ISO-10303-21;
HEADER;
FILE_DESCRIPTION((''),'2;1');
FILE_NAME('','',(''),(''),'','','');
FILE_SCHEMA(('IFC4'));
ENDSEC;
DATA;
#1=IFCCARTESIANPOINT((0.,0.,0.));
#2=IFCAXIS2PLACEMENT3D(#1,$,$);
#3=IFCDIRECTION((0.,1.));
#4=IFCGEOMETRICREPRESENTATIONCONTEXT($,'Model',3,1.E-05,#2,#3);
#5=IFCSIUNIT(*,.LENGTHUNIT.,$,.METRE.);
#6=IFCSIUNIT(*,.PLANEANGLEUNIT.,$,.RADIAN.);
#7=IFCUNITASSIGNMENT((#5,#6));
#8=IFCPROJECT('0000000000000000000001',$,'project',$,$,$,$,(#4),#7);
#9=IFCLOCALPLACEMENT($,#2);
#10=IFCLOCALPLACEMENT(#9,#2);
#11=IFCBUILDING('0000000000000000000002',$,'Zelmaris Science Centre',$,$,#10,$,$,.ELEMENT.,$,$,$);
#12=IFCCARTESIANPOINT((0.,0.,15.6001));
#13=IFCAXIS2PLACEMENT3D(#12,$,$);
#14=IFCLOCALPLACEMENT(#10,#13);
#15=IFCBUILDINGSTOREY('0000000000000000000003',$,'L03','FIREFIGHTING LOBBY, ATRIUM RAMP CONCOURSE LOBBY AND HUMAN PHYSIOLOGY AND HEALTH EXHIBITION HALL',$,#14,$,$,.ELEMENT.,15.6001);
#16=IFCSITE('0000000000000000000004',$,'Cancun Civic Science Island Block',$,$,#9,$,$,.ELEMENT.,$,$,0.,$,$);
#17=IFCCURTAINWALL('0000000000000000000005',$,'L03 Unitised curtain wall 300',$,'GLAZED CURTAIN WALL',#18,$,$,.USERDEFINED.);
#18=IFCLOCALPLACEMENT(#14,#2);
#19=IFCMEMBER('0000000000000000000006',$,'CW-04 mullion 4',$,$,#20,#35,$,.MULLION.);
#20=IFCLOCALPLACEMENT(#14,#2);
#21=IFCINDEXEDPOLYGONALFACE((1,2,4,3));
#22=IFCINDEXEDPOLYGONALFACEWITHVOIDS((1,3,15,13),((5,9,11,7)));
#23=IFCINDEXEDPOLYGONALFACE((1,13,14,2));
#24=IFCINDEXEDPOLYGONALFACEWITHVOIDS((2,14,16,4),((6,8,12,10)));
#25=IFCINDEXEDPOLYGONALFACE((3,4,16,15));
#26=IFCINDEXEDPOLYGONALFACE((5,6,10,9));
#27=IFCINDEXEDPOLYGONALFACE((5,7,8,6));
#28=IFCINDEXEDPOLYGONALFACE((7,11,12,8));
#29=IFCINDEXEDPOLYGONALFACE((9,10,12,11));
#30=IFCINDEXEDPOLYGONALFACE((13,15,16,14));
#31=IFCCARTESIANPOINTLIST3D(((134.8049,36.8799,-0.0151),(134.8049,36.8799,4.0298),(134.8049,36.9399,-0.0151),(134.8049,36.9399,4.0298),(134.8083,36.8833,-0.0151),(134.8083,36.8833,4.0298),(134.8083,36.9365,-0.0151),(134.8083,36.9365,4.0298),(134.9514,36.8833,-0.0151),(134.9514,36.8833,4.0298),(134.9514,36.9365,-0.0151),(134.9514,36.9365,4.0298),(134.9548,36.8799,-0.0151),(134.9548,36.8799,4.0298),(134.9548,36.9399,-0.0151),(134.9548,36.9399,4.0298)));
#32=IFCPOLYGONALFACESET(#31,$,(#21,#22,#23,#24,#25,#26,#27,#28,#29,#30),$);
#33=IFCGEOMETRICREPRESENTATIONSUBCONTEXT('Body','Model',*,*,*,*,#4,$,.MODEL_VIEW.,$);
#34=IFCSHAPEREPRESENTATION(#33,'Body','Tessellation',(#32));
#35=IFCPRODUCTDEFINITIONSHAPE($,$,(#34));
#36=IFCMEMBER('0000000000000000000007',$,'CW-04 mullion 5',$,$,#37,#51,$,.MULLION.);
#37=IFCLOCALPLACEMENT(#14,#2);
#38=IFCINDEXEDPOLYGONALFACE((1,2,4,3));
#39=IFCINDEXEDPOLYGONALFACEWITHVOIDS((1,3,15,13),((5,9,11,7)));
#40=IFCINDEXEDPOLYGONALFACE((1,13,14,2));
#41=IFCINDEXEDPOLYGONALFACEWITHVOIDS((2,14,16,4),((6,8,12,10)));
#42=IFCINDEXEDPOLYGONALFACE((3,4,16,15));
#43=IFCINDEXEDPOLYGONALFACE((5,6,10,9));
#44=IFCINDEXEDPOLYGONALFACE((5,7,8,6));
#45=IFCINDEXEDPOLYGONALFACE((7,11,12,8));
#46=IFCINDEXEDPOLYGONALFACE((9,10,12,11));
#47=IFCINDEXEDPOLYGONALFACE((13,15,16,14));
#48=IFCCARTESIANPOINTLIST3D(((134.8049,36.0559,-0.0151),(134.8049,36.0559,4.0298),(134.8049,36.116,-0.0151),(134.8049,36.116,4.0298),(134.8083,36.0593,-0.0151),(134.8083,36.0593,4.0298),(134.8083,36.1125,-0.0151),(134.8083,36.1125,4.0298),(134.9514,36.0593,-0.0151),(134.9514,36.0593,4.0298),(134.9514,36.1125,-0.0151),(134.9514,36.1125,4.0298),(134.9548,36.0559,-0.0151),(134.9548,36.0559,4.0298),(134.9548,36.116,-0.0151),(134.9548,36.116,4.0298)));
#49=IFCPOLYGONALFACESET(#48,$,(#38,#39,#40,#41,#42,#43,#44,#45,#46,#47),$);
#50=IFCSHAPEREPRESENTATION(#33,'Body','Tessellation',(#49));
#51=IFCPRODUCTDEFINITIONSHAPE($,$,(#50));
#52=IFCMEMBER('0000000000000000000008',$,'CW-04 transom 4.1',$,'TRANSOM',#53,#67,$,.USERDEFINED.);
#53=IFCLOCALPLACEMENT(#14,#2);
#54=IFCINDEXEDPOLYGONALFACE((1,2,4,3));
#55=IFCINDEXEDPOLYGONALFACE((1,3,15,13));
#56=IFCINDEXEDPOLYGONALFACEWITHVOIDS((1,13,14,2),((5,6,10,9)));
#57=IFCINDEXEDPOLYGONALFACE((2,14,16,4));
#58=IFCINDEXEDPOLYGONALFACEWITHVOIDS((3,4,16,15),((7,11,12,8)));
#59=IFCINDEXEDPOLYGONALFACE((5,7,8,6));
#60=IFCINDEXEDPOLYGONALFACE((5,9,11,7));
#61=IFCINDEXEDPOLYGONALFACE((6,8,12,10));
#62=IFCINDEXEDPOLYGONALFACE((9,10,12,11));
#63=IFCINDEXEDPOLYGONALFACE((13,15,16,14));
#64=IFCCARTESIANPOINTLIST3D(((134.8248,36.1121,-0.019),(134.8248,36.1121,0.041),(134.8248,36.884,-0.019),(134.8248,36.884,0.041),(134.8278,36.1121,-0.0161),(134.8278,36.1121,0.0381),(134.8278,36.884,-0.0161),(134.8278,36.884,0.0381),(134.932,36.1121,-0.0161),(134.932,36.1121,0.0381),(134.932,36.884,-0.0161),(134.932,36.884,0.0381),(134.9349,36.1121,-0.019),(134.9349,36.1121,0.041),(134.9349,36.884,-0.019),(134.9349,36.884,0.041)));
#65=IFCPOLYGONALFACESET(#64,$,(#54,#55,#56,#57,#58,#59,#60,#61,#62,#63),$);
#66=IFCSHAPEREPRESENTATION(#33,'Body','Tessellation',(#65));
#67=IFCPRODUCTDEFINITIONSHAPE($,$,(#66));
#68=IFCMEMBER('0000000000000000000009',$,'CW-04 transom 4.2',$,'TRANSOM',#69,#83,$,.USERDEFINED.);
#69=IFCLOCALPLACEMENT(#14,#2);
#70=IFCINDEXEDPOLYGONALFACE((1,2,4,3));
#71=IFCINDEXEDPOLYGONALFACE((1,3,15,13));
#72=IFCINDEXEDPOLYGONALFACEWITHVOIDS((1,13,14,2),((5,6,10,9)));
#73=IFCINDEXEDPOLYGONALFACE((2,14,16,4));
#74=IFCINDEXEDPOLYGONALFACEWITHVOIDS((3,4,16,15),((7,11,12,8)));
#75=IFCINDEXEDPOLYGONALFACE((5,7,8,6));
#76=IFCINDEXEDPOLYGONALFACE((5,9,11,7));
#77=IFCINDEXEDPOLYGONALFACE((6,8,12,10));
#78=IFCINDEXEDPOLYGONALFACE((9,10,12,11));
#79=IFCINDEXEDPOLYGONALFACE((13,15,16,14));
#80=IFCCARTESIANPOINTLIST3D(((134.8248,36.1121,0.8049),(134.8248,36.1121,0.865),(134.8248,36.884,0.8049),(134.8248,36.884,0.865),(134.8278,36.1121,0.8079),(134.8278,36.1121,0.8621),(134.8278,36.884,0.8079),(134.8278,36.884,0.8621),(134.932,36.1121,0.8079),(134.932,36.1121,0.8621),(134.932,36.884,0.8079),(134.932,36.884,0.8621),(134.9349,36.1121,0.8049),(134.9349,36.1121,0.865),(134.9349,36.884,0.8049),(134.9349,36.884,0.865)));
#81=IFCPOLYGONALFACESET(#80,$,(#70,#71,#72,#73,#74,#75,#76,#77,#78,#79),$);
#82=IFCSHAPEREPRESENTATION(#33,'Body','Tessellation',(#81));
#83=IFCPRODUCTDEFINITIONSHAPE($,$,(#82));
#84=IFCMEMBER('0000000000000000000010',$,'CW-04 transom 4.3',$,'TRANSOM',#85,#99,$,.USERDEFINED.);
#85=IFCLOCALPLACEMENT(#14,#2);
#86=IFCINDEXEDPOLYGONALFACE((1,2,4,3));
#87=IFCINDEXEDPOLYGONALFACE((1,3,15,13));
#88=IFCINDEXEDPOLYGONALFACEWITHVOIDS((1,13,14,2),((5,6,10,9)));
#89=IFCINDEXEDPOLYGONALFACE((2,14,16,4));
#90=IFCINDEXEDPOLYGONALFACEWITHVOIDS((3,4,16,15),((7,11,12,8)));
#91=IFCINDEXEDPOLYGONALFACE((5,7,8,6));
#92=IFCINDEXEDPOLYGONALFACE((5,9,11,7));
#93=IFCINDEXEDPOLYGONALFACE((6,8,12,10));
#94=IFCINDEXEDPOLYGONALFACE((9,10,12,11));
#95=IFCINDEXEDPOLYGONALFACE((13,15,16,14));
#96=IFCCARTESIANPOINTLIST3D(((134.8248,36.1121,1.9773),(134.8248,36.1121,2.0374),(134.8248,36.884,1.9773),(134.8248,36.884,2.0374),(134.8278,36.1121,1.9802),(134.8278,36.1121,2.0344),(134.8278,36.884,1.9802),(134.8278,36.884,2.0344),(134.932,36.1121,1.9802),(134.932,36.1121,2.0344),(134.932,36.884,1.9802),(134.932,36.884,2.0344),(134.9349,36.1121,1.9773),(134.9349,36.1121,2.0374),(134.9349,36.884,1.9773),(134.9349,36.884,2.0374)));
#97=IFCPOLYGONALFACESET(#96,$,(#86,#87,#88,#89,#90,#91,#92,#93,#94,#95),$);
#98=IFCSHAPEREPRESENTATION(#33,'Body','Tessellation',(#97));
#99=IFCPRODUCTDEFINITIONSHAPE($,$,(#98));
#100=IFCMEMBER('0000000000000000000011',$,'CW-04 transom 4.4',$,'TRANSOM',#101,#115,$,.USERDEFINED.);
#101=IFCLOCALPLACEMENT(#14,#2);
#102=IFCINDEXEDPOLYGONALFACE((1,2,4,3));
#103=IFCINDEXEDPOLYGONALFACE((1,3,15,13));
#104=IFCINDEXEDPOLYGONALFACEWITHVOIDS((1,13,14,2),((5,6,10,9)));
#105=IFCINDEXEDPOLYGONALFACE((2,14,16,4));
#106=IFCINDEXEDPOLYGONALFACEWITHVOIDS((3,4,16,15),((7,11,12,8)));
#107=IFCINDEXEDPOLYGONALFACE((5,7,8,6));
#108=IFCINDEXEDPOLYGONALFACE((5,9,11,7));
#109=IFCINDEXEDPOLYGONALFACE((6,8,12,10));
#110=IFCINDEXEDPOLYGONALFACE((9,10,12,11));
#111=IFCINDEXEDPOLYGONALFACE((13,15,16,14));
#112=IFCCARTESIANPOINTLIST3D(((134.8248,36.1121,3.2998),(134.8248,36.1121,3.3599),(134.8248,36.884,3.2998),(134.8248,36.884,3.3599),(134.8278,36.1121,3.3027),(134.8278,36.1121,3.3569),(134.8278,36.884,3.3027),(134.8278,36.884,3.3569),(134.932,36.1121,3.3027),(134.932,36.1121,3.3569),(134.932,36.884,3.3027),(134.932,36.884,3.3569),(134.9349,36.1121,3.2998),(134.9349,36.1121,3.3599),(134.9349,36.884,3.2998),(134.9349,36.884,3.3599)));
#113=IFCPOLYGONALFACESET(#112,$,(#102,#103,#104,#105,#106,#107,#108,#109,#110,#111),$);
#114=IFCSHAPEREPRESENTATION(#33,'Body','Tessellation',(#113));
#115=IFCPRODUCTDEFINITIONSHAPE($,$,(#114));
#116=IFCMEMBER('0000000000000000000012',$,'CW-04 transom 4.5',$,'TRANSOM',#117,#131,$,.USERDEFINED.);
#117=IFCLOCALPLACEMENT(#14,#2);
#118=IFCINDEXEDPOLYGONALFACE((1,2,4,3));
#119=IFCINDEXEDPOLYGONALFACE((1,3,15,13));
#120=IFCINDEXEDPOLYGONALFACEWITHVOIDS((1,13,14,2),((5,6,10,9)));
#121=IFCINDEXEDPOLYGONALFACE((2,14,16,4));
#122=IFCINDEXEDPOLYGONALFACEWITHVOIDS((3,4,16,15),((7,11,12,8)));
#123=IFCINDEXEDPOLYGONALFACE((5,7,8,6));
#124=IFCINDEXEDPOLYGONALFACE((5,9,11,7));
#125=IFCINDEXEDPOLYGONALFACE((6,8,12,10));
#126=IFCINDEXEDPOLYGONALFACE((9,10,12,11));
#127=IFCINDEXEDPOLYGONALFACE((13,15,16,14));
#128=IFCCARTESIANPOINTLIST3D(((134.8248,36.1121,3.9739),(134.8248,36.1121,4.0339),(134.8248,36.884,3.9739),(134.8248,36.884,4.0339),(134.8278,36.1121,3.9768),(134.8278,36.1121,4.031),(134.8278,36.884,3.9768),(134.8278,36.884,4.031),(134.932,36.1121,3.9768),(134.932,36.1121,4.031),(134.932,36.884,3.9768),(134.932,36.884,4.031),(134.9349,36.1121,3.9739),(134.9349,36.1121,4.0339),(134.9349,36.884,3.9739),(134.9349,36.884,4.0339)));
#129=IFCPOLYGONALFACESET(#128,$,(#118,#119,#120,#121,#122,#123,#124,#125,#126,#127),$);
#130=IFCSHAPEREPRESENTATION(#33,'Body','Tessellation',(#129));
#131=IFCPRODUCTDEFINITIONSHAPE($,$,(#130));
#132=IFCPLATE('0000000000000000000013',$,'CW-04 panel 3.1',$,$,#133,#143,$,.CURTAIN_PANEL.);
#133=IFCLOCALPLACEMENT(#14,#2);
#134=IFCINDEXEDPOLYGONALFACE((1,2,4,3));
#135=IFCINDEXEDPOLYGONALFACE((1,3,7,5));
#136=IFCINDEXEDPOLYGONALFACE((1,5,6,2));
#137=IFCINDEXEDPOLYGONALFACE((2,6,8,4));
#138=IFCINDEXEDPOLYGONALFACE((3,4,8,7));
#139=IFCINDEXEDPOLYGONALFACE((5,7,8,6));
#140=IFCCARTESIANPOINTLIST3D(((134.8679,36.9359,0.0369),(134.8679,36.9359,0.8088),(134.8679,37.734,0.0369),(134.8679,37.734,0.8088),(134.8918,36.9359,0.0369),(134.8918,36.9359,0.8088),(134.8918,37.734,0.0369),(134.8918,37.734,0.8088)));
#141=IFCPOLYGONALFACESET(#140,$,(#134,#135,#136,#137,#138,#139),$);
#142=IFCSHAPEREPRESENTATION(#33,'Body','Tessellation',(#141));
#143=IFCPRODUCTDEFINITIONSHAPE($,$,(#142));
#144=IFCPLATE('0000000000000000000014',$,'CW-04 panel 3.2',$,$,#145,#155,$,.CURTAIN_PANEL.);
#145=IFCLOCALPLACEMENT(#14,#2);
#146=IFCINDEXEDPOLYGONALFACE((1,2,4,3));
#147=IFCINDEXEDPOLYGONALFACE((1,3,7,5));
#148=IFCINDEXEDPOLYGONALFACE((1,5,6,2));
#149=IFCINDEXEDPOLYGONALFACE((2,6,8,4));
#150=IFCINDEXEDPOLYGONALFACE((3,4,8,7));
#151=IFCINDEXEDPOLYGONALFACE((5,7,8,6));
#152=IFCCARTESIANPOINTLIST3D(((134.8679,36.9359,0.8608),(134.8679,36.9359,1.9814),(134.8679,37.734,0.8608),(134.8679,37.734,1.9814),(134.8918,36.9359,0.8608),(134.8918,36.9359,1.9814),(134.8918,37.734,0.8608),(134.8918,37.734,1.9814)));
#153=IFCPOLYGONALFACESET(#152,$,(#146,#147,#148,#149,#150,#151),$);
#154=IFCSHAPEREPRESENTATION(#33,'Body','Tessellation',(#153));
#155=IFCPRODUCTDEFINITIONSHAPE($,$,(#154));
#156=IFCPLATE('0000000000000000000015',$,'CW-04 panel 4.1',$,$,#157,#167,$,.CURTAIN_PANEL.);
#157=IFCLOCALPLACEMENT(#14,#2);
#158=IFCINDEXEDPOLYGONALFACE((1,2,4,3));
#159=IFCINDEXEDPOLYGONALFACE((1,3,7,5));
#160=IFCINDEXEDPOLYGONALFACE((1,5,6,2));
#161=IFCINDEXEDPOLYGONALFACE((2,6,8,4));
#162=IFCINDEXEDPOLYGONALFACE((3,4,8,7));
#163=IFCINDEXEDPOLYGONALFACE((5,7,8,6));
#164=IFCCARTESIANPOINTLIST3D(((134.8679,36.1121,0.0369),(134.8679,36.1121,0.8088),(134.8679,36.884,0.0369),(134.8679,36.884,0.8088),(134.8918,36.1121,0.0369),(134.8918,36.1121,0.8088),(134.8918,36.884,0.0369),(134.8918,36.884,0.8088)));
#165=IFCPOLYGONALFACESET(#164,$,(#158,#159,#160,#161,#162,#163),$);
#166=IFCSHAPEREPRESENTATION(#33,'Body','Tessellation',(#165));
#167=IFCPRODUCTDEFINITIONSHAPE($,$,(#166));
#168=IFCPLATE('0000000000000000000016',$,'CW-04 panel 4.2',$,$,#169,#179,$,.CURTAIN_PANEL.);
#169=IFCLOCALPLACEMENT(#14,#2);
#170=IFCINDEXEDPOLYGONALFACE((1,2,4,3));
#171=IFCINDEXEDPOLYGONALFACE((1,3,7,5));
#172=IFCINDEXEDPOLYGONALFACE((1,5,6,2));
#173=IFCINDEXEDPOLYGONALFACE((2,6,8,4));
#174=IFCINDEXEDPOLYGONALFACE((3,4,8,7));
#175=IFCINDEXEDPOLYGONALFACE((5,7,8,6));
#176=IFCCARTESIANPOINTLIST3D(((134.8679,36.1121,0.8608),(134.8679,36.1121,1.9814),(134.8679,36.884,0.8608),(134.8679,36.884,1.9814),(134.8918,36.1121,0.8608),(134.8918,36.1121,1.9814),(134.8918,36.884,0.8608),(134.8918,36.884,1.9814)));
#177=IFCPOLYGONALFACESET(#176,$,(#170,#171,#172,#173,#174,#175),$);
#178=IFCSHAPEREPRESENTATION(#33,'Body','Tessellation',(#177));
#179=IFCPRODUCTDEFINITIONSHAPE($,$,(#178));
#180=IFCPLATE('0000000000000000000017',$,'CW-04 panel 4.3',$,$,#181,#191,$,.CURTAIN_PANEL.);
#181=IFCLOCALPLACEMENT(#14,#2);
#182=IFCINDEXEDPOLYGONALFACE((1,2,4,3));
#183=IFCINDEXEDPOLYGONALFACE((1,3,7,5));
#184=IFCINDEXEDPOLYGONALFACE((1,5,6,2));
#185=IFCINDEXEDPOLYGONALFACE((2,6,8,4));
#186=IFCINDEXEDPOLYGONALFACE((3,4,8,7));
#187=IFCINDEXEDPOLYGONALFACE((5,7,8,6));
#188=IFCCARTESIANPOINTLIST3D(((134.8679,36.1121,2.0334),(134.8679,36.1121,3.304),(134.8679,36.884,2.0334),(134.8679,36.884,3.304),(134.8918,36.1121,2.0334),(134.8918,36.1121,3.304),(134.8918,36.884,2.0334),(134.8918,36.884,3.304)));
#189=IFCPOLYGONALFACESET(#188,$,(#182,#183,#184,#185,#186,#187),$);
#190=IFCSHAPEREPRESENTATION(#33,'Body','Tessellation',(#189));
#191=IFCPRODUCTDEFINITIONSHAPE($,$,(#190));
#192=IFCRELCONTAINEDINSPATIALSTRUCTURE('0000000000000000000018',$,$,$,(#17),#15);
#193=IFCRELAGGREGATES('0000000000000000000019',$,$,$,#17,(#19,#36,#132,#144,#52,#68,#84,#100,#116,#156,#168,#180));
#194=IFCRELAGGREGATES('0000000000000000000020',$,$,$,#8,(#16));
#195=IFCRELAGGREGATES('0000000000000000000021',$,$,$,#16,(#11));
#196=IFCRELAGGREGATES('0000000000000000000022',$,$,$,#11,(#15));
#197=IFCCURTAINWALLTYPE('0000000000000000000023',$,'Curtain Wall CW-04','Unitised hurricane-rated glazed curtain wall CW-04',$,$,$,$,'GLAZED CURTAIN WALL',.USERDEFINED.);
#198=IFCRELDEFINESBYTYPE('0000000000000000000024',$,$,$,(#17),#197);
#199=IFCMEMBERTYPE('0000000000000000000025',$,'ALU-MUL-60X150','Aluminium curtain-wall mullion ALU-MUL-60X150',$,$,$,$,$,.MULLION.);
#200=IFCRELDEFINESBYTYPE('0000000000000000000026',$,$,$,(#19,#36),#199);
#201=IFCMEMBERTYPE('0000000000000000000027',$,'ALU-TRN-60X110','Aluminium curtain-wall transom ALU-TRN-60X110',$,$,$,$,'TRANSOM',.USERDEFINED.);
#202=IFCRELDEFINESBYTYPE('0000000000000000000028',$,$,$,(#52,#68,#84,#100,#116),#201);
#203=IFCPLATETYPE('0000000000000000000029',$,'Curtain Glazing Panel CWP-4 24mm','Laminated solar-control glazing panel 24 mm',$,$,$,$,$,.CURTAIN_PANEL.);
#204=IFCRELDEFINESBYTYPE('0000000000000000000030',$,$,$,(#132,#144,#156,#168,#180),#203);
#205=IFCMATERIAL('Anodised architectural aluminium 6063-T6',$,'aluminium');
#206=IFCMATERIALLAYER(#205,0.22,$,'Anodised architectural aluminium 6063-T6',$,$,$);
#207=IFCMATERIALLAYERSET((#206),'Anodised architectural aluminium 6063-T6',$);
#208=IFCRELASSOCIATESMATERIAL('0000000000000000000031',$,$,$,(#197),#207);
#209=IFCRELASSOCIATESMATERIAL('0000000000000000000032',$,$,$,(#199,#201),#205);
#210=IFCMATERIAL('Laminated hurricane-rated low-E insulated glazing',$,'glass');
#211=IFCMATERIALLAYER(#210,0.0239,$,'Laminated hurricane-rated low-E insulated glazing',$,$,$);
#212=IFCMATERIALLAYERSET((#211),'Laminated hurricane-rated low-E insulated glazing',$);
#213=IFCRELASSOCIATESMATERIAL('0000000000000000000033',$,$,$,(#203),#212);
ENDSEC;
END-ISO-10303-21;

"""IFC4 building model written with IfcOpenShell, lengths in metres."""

from ifc_helpers import new_model, si_unit, direction, frame, origin, origin_2d, place, context, subcontext, project, spatial, rectangle, hollow_rectangle, extrude, material, layer, layer_set, material_profile, profile_set, type_object, element, aggregate, save


model = new_model("IFC4")

# Units and contexts
model_context = context("Model", 3, precision=1e-05, world=origin(), true_north=direction((0.0, 1.0)))
body_context = subcontext(model_context, "Body", "Model", "MODEL_VIEW")
ifc_project = project(units=[si_unit("LENGTHUNIT", "METRE"), si_unit("PLANEANGLEUNIT", "RADIAN")], contexts=[model_context])

# Site, building, storey
site_placement = place(None, origin())
site = spatial("IfcSite", under=ifc_project, at=site_placement, Name="Cancun Civic Science Island Block", CompositionType="ELEMENT", RefElevation=0.0)
building_placement = place(site_placement, origin())
building = spatial("IfcBuilding", under=site, at=building_placement, Name="Zelmaris Science Centre", CompositionType="ELEMENT")
storey_placement = place(building_placement, frame((0.0, 0.0, 15.6001)))
storey = spatial("IfcBuildingStorey", under=building, at=storey_placement, Name="L03", Description="FIREFIGHTING LOBBY, ATRIUM RAMP CONCOURSE LOBBY AND HUMAN PHYSIOLOGY AND HEALTH EXHIBITION HALL", CompositionType="ELEMENT", Elevation=15.6001)

# Curtain wall, members, plates
ifc_material_1 = material(Name="Anodised architectural aluminium 6063-T6", Category="aluminium")
ifc_layer_1 = layer(ifc_material_1, 0.22, Name="Anodised architectural aluminium 6063-T6")
ifc_layer_set_1 = layer_set([ifc_layer_1], Name="Anodised architectural aluminium 6063-T6")
curtain_wall_type = type_object("IfcCurtainWallType", Name="Curtain Wall CW-04", Description="Unitised hurricane-rated glazed curtain wall CW-04", ElementType="GLAZED CURTAIN WALL", PredefinedType="USERDEFINED", material=ifc_layer_set_1)
curtain_wall_placement = place(storey_placement, origin())
curtain_wall = element("IfcCurtainWall", 1, at=curtain_wall_placement, inside=storey, type_object=curtain_wall_type, Name="L03 Unitised curtain wall 300", ObjectType="GLAZED CURTAIN WALL", PredefinedType="USERDEFINED")
ifc_material_profile_1 = material_profile(ifc_material_1, hollow_rectangle(XDim=0.0601, YDim=0.1499, WallThickness=0.0034, at=origin_2d()), Name="ALU-MUL-60X150")
ifc_profile_set_1 = profile_set([ifc_material_profile_1], Name="Anodised architectural aluminium 6063-T6")
member_type_1 = type_object("IfcMemberType", Name="ALU-MUL-60X150", Description="Aluminium curtain-wall mullion ALU-MUL-60X150", PredefinedType="MULLION", material=ifc_profile_set_1)
member_1_placement = place(storey_placement, frame((134.8799, 36.9099, -0.0151), z_axis=(0.0, 0.0, 1.0), x_axis=(0.0, -1.0, 0.0)))
member_1 = element("IfcMember", 2, at=member_1_placement, type_object=member_type_1, Name="CW-04 mullion 4", PredefinedType="MULLION", context=body_context, shape_type="SweptSolid", body=[
    extrude(hollow_rectangle(XDim=0.0601, YDim=0.1499, WallThickness=0.0034, at=origin_2d()), origin(), (0.0, 0.0, 1.0), 4.0449),
])
member_2_placement = place(storey_placement, frame((134.8799, 36.0859, -0.0151), z_axis=(0.0, 0.0, 1.0), x_axis=(0.0, -1.0, 0.0)))
member_2 = element("IfcMember", 3, at=member_2_placement, type_object=member_type_1, Name="CW-04 mullion 5", PredefinedType="MULLION", context=body_context, shape_type="SweptSolid", body=[
    extrude(hollow_rectangle(XDim=0.0601, YDim=0.1499, WallThickness=0.0034, at=origin_2d()), origin(), (0.0, 0.0, 1.0), 4.0449),
])
ifc_material_profile_2 = material_profile(ifc_material_1, hollow_rectangle(XDim=0.0601, YDim=0.1101, WallThickness=0.0029, at=origin_2d()), Name="ALU-TRN-60X110")
ifc_profile_set_2 = profile_set([ifc_material_profile_2], Name="Anodised architectural aluminium 6063-T6")
member_type_2 = type_object("IfcMemberType", Name="ALU-TRN-60X110", Description="Aluminium curtain-wall transom ALU-TRN-60X110", ElementType="TRANSOM", PredefinedType="USERDEFINED", material=ifc_profile_set_2)
member_3_placement = place(storey_placement, frame((134.8799, 36.884, 0.011), z_axis=(0.0, -1.0, 0.0), x_axis=(0.0, 0.0, 1.0)))
member_3 = element("IfcMember", 4, at=member_3_placement, type_object=member_type_2, Name="CW-04 transom 4.1", ObjectType="TRANSOM", PredefinedType="USERDEFINED", context=body_context, shape_type="SweptSolid", body=[
    extrude(hollow_rectangle(XDim=0.0601, YDim=0.1101, WallThickness=0.0029, at=origin_2d()), origin(), (0.0, 0.0, 1.0), 0.772),
])
member_4_placement = place(storey_placement, frame((134.8799, 36.884, 0.835), z_axis=(0.0, -1.0, 0.0), x_axis=(0.0, 0.0, 1.0)))
member_4 = element("IfcMember", 5, at=member_4_placement, type_object=member_type_2, Name="CW-04 transom 4.2", ObjectType="TRANSOM", PredefinedType="USERDEFINED", context=body_context, shape_type="SweptSolid", body=[
    extrude(hollow_rectangle(XDim=0.0601, YDim=0.1101, WallThickness=0.0029, at=origin_2d()), origin(), (0.0, 0.0, 1.0), 0.772),
])
member_5_placement = place(storey_placement, frame((134.8799, 36.884, 2.0073), z_axis=(0.0, -1.0, 0.0), x_axis=(0.0, 0.0, 1.0)))
member_5 = element("IfcMember", 6, at=member_5_placement, type_object=member_type_2, Name="CW-04 transom 4.3", ObjectType="TRANSOM", PredefinedType="USERDEFINED", context=body_context, shape_type="SweptSolid", body=[
    extrude(hollow_rectangle(XDim=0.0601, YDim=0.1101, WallThickness=0.0029, at=origin_2d()), origin(), (0.0, 0.0, 1.0), 0.772),
])
member_6_placement = place(storey_placement, frame((134.8799, 36.884, 3.3298), z_axis=(0.0, -1.0, 0.0), x_axis=(0.0, 0.0, 1.0)))
member_6 = element("IfcMember", 7, at=member_6_placement, type_object=member_type_2, Name="CW-04 transom 4.4", ObjectType="TRANSOM", PredefinedType="USERDEFINED", context=body_context, shape_type="SweptSolid", body=[
    extrude(hollow_rectangle(XDim=0.0601, YDim=0.1101, WallThickness=0.0029, at=origin_2d()), origin(), (0.0, 0.0, 1.0), 0.772),
])
member_7_placement = place(storey_placement, frame((134.8799, 36.884, 4.0039), z_axis=(0.0, -1.0, 0.0), x_axis=(0.0, 0.0, 1.0)))
member_7 = element("IfcMember", 8, at=member_7_placement, type_object=member_type_2, Name="CW-04 transom 4.5", ObjectType="TRANSOM", PredefinedType="USERDEFINED", context=body_context, shape_type="SweptSolid", body=[
    extrude(hollow_rectangle(XDim=0.0601, YDim=0.1101, WallThickness=0.0029, at=origin_2d()), origin(), (0.0, 0.0, 1.0), 0.772),
])
ifc_material_2 = material(Name="Laminated hurricane-rated low-E insulated glazing", Category="glass")
ifc_layer_2 = layer(ifc_material_2, 0.0239, Name="Laminated hurricane-rated low-E insulated glazing")
ifc_layer_set_2 = layer_set([ifc_layer_2], Name="Laminated hurricane-rated low-E insulated glazing")
plate_type = type_object("IfcPlateType", Name="Curtain Glazing Panel CWP-4 24mm", Description="Laminated solar-control glazing panel 24 mm", PredefinedType="CURTAIN_PANEL", material=ifc_layer_set_2)
plate_1_placement = place(storey_placement, frame((134.8799, 37.335, 0.0369), z_axis=(0.0, 0.0, 1.0), x_axis=(0.0, -1.0, 0.0)))
plate_1 = element("IfcPlate", 9, at=plate_1_placement, type_object=plate_type, Name="CW-04 panel 3.1", PredefinedType="CURTAIN_PANEL", context=body_context, shape_type="SweptSolid", body=[
    extrude(rectangle(XDim=0.7981, YDim=0.0239, at=origin_2d()), origin(), (0.0, 0.0, 1.0), 0.772),
])
plate_2_placement = place(storey_placement, frame((134.8799, 37.335, 0.8608), z_axis=(0.0, 0.0, 1.0), x_axis=(0.0, -1.0, 0.0)))
plate_2 = element("IfcPlate", 10, at=plate_2_placement, type_object=plate_type, Name="CW-04 panel 3.2", PredefinedType="CURTAIN_PANEL", context=body_context, shape_type="SweptSolid", body=[
    extrude(rectangle(XDim=0.7981, YDim=0.0239, at=origin_2d()), origin(), (0.0, 0.0, 1.0), 1.1206),
])
plate_3_placement = place(storey_placement, frame((134.8799, 36.498, 0.0369), z_axis=(0.0, 0.0, 1.0), x_axis=(0.0, -1.0, 0.0)))
plate_3 = element("IfcPlate", 11, at=plate_3_placement, type_object=plate_type, Name="CW-04 panel 4.1", PredefinedType="CURTAIN_PANEL", context=body_context, shape_type="SweptSolid", body=[
    extrude(rectangle(XDim=0.772, YDim=0.0239, at=origin_2d()), origin(), (0.0, 0.0, 1.0), 0.772),
])
plate_4_placement = place(storey_placement, frame((134.8799, 36.498, 0.8608), z_axis=(0.0, 0.0, 1.0), x_axis=(0.0, -1.0, 0.0)))
plate_4 = element("IfcPlate", 12, at=plate_4_placement, type_object=plate_type, Name="CW-04 panel 4.2", PredefinedType="CURTAIN_PANEL", context=body_context, shape_type="SweptSolid", body=[
    extrude(rectangle(XDim=0.772, YDim=0.0239, at=origin_2d()), origin(), (0.0, 0.0, 1.0), 1.1206),
])
plate_5_placement = place(storey_placement, frame((134.8799, 36.498, 2.0334), z_axis=(0.0, 0.0, 1.0), x_axis=(0.0, -1.0, 0.0)))
plate_5 = element("IfcPlate", 13, at=plate_5_placement, type_object=plate_type, Name="CW-04 panel 4.3", PredefinedType="CURTAIN_PANEL", context=body_context, shape_type="SweptSolid", body=[
    extrude(rectangle(XDim=0.772, YDim=0.0239, at=origin_2d()), origin(), (0.0, 0.0, 1.0), 1.2705),
])
aggregate(curtain_wall, [member_1, member_2, plate_1, plate_2, member_3, member_4, member_5, member_6, member_7, plate_3, plate_4, plate_5])

save(model, "model.ifc")
